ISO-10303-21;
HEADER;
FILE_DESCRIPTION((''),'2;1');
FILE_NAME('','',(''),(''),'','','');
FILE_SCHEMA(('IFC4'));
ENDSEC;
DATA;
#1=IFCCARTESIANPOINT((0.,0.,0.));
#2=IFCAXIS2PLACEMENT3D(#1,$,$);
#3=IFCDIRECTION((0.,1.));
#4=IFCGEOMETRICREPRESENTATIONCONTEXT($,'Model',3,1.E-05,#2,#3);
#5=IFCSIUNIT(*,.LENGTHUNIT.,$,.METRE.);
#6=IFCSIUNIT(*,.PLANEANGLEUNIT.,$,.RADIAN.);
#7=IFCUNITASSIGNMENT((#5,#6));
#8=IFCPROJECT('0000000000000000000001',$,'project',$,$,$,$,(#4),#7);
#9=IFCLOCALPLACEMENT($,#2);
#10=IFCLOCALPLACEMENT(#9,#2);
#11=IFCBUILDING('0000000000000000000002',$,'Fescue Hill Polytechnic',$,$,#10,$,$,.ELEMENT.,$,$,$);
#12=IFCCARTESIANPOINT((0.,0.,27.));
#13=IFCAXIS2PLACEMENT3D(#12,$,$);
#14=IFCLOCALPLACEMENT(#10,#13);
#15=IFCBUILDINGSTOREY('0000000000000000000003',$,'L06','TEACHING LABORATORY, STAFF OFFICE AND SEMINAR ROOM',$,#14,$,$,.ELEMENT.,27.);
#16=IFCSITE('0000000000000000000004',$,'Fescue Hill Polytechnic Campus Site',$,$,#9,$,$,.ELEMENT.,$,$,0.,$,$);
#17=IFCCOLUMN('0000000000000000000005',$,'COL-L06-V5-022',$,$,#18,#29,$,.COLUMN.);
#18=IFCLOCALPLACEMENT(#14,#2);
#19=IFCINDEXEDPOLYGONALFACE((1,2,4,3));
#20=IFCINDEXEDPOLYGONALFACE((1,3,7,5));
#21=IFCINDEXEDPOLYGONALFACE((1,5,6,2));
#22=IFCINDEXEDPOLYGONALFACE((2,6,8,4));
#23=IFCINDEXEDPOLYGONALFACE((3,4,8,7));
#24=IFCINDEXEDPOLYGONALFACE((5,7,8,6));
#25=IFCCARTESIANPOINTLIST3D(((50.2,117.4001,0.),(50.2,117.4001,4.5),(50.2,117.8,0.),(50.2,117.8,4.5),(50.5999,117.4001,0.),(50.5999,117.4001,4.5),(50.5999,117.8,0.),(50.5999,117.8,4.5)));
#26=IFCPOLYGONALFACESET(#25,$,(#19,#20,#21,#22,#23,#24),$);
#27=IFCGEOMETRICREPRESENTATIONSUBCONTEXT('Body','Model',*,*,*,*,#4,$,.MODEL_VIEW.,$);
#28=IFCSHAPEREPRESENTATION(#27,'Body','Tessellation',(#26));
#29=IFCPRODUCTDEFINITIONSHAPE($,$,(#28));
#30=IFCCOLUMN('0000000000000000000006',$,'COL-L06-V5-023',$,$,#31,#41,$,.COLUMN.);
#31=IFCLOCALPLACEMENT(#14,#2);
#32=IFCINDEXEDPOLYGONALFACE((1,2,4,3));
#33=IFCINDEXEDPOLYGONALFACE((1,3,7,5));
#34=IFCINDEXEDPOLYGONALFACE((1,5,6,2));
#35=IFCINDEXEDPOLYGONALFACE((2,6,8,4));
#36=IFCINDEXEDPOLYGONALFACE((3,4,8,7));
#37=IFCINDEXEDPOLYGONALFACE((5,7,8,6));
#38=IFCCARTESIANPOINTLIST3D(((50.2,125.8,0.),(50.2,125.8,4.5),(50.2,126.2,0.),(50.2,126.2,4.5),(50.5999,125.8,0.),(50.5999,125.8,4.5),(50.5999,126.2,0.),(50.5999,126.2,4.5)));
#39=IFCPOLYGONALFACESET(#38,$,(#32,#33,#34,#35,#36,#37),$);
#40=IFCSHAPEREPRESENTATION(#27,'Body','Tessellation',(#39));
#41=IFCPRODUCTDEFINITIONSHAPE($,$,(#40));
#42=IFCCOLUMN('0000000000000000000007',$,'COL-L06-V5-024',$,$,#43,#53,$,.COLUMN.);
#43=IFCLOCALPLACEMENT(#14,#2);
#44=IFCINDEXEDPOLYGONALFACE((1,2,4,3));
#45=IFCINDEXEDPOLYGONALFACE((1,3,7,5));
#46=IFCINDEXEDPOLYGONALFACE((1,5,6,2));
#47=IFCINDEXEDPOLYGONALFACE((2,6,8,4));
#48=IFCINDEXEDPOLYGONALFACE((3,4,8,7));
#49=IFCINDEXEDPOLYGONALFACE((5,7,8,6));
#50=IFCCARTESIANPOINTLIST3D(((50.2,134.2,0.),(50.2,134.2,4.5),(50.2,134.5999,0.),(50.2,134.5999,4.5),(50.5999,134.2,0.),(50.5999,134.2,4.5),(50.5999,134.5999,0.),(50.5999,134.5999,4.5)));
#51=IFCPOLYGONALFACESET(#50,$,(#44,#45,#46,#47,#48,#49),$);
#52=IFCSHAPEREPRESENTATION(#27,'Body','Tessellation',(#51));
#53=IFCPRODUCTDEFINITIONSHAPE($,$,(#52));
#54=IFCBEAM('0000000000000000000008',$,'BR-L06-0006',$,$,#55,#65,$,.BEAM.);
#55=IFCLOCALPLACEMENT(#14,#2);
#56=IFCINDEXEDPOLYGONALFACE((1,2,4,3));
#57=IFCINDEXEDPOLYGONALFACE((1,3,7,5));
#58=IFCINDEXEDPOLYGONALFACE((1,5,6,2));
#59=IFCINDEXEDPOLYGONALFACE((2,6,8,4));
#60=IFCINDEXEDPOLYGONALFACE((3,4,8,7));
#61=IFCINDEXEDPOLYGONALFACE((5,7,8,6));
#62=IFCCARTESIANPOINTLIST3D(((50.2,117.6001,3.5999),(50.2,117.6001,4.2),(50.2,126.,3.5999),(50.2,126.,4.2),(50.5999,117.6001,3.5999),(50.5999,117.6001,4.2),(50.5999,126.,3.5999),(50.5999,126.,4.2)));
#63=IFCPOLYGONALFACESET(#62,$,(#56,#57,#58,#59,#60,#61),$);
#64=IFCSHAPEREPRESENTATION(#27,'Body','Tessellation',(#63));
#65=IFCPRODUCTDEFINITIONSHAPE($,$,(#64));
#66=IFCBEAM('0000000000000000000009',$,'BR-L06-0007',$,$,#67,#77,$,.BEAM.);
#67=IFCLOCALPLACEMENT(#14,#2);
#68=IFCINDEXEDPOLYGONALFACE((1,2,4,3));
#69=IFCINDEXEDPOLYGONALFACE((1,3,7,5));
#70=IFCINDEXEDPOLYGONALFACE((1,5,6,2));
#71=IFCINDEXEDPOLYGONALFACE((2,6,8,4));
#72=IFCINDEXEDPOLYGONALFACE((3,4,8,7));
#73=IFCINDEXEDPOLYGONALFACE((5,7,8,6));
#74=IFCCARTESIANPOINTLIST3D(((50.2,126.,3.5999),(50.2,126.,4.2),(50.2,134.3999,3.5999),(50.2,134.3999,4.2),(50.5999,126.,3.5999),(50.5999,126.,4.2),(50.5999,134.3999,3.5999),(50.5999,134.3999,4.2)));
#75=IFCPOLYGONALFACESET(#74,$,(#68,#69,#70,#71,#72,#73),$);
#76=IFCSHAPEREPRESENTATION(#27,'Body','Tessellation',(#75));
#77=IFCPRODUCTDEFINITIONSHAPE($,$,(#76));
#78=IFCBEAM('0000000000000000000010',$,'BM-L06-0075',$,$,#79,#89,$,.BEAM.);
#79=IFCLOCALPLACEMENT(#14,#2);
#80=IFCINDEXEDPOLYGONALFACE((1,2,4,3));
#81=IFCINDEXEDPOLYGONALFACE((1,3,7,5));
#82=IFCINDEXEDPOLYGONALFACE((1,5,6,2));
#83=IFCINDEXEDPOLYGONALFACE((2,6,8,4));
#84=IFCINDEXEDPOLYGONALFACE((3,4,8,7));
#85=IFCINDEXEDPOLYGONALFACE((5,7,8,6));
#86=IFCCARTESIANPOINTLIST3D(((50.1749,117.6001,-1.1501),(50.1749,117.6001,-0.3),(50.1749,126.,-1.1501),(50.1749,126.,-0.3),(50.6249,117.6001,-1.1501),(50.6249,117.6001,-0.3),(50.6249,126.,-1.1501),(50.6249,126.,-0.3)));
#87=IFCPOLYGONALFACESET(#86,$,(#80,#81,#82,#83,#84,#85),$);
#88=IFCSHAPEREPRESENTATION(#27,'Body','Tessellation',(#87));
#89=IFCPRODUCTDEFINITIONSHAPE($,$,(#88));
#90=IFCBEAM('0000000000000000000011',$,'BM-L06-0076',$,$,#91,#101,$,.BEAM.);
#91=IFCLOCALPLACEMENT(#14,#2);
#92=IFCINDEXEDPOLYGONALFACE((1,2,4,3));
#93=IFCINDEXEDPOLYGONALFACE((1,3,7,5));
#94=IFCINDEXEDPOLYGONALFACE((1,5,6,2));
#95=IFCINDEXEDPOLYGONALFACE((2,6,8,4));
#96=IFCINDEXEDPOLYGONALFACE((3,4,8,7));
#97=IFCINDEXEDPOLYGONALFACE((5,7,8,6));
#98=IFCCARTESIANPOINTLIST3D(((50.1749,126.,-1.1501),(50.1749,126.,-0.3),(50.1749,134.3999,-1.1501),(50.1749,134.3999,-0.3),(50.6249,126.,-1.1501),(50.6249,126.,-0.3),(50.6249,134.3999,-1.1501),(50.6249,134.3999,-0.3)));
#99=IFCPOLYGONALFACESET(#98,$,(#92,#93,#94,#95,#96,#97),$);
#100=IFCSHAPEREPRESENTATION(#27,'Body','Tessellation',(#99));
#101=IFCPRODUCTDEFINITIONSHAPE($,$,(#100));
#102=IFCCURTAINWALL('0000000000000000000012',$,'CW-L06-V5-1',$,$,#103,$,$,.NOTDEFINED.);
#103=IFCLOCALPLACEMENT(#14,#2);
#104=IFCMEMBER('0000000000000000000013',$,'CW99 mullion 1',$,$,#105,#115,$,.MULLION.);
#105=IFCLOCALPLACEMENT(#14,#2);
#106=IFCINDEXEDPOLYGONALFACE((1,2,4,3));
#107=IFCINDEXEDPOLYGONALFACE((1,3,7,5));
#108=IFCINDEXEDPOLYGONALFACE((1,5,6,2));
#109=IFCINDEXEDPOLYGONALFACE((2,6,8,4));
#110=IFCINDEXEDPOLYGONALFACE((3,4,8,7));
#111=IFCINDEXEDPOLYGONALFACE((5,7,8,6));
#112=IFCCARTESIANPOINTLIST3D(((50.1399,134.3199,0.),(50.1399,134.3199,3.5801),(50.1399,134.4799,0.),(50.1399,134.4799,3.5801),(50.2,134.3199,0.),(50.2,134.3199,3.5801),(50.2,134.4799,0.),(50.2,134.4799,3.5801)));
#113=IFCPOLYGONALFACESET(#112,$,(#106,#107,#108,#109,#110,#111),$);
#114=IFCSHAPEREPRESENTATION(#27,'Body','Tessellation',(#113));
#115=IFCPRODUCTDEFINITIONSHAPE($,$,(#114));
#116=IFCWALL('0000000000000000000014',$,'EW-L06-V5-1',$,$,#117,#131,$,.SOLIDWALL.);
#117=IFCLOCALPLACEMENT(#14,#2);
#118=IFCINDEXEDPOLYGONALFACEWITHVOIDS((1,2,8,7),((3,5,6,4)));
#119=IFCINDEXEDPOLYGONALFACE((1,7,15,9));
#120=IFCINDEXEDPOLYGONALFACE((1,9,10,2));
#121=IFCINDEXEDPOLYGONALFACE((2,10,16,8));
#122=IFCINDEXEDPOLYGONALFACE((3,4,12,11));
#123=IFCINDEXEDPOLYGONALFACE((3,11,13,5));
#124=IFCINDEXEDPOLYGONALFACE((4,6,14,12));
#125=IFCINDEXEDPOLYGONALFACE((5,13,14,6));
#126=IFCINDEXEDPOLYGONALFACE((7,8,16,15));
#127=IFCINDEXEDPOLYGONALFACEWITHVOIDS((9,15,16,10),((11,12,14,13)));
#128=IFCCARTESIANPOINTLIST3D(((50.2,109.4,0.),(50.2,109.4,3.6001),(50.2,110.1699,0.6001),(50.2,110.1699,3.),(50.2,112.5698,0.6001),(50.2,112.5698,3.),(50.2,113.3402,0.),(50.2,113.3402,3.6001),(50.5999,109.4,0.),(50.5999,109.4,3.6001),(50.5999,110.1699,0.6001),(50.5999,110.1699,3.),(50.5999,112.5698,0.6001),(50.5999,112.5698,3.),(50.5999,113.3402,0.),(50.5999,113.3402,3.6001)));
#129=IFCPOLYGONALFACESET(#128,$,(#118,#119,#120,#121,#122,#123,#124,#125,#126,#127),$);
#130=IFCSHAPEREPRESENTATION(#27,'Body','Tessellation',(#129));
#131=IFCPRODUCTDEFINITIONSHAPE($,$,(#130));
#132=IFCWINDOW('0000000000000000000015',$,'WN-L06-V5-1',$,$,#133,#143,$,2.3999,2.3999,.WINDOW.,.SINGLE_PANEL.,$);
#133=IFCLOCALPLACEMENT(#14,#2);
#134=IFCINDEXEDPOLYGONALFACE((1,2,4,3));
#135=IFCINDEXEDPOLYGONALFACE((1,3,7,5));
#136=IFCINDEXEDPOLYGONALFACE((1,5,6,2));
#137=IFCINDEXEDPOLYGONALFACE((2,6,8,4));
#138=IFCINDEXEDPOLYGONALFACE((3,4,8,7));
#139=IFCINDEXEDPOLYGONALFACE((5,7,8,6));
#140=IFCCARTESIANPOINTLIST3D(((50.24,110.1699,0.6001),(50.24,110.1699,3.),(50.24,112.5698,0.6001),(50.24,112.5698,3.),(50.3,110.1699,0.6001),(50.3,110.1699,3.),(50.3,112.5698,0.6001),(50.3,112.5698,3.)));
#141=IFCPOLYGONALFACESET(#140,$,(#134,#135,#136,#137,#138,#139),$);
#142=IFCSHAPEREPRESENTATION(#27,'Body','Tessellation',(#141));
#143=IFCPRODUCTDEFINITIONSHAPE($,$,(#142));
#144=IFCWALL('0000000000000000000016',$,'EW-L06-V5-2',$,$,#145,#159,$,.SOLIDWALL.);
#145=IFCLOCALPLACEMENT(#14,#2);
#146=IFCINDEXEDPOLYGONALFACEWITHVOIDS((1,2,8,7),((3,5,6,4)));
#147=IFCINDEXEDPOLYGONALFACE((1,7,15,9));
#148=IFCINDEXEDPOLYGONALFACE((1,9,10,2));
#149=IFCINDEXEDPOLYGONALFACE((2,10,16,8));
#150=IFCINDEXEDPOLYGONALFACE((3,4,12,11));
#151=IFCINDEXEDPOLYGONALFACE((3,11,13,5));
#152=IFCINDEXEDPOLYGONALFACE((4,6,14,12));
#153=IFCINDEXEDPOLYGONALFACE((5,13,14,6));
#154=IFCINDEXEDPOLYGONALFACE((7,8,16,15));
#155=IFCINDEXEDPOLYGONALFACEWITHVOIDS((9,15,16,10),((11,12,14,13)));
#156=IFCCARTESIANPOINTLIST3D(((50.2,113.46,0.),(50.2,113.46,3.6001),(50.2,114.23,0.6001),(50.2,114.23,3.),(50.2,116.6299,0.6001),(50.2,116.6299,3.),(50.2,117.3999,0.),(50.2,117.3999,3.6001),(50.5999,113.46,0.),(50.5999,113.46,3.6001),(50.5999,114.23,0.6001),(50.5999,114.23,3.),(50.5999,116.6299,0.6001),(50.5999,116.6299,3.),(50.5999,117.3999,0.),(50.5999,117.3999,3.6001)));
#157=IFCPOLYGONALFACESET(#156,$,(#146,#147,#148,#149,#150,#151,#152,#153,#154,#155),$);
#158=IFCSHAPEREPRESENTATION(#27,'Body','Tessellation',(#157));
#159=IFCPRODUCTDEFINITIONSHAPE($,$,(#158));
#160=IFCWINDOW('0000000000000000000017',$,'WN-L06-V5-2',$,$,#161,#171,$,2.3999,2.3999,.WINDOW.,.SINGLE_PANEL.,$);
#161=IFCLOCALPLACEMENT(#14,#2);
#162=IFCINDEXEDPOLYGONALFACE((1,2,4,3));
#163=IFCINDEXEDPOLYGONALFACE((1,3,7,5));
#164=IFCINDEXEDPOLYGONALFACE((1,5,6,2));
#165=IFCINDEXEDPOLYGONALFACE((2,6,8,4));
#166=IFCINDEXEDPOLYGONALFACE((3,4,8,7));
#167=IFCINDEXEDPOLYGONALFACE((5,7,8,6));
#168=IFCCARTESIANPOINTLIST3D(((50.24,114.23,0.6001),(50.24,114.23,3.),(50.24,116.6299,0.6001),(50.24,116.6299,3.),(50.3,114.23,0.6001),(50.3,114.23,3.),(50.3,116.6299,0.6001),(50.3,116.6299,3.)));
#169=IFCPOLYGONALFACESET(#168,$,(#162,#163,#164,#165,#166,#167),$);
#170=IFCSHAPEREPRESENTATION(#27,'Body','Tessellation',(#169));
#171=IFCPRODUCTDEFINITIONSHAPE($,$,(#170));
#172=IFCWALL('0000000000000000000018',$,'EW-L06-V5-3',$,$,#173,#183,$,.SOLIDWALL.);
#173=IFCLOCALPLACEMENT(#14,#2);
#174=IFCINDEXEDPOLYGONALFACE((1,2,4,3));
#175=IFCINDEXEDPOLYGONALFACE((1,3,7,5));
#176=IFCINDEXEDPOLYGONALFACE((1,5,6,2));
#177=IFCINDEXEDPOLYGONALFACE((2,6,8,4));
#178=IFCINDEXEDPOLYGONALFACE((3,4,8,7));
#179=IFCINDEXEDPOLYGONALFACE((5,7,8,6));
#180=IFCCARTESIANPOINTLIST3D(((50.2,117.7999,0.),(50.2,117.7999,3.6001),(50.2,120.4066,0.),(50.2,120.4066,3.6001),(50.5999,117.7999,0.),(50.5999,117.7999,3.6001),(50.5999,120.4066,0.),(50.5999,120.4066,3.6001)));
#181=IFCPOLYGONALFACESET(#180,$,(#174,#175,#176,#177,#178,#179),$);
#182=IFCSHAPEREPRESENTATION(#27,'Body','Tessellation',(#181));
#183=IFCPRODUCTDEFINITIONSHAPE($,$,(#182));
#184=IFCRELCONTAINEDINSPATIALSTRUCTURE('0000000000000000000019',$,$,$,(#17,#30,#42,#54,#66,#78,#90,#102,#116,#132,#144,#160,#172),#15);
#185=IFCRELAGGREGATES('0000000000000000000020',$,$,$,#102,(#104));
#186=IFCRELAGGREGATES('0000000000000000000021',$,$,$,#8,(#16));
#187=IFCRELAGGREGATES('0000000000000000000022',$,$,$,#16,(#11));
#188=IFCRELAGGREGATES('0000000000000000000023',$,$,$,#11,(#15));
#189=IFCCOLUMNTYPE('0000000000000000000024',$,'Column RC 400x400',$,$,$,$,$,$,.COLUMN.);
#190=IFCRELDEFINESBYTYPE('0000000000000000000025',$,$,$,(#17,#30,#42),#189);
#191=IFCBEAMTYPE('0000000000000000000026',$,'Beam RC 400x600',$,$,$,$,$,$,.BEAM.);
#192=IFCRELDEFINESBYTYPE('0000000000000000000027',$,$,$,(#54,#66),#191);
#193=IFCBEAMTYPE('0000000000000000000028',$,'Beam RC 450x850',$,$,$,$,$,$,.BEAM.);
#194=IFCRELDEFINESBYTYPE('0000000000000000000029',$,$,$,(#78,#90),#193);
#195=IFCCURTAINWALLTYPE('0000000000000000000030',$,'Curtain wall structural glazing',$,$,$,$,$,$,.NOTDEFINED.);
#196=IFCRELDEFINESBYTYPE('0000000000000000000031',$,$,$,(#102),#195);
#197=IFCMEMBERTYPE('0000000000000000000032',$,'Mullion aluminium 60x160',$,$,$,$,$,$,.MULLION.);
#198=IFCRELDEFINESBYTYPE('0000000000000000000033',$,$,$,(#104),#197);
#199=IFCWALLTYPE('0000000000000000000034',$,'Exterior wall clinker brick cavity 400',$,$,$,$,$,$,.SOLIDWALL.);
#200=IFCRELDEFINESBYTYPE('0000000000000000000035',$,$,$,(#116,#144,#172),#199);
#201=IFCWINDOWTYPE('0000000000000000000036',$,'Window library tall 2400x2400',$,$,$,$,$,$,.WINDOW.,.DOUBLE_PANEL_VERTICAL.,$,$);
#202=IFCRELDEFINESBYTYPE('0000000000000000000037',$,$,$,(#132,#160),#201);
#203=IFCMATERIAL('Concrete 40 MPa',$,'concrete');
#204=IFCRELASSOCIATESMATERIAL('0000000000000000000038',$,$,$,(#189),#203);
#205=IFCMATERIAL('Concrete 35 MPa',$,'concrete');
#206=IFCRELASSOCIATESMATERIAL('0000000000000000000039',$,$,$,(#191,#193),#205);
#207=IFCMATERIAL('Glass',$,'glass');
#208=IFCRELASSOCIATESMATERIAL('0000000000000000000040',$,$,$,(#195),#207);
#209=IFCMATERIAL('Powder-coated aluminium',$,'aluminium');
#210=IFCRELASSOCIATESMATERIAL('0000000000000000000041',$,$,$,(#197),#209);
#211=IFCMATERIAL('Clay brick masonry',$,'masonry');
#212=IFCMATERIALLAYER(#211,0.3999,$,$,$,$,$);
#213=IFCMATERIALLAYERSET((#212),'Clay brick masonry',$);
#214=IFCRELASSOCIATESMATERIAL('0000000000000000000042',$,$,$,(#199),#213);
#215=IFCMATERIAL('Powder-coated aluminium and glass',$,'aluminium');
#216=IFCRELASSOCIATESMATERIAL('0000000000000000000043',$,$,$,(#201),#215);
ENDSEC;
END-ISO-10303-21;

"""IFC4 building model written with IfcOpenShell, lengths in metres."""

from ifc_helpers import new_model, si_unit, direction, frame, frame_2d, origin, origin_2d, place, context, subcontext, project, spatial, rectangle, extrude, material, layer, layer_set, material_profile, profile_set, type_object, element, fill, aggregate, save


model = new_model("IFC4")

# Units and contexts
model_context = context("Model", 3, precision=1e-05, world=origin(), true_north=direction((0.0, 1.0)))
body_context = subcontext(model_context, "Body", "Model", "MODEL_VIEW")
ifc_project = project(units=[si_unit("LENGTHUNIT", "METRE"), si_unit("PLANEANGLEUNIT", "RADIAN")], contexts=[model_context])

# Site, building, storey
site_placement = place(None, origin())
site = spatial("IfcSite", under=ifc_project, at=site_placement, Name="Fescue Hill Polytechnic Campus Site", CompositionType="ELEMENT", RefElevation=0.0)
building_placement = place(site_placement, origin())
building = spatial("IfcBuilding", under=site, at=building_placement, Name="Fescue Hill Polytechnic", CompositionType="ELEMENT")
storey_placement = place(building_placement, frame((0.0, 0.0, 27.0)))
storey = spatial("IfcBuildingStorey", under=building, at=storey_placement, Name="L06", Description="TEACHING LABORATORY, STAFF OFFICE AND SEMINAR ROOM", CompositionType="ELEMENT", Elevation=27.0)

# Columns
ifc_material_1 = material(Name="Concrete 40 MPa", Category="concrete")
ifc_material_profile_1 = material_profile(ifc_material_1, rectangle(XDim=0.3999, YDim=0.3999, at=origin_2d()), Name="RC 400x400")
ifc_profile_set_1 = profile_set([ifc_material_profile_1], Name="Concrete 40 MPa")
column_type = type_object("IfcColumnType", Name="Column RC 400x400", PredefinedType="COLUMN", material=ifc_profile_set_1)
for number, where, z_axis, x_axis, name in (
    (1, (50.3999, 117.6001, 0.0), (0.0, 0.0, 1.0), (1.0, 0.0, 0.0), "COL-L06-V5-022"),
    (2, (50.3999, 126.0, 0.0), (0.0, 0.0, 1.0), (1.0, 0.0, 0.0), "COL-L06-V5-023"),
    (3, (50.3999, 134.3999, 0.0), (0.0, 0.0, 1.0), (1.0, 0.0, 0.0), "COL-L06-V5-024"),
):
    element("IfcColumn", number, at=place(storey_placement, frame(where, z_axis=z_axis, x_axis=x_axis)), inside=storey, type_object=column_type, Name=name, PredefinedType="COLUMN", context=body_context, shape_type="SweptSolid", body=[
        extrude(rectangle(XDim=0.3999, YDim=0.3999, at=origin_2d()), origin(), (0.0, 0.0, 1.0), 4.5),
    ])

# Beams
ifc_material_2 = material(Name="Concrete 35 MPa", Category="concrete")
ifc_material_profile_2 = material_profile(ifc_material_2, rectangle(XDim=0.3999, YDim=0.6001, at=origin_2d()), Name="RC 400x600")
ifc_profile_set_2 = profile_set([ifc_material_profile_2], Name="Concrete 35 MPa")
beam_type_1 = type_object("IfcBeamType", Name="Beam RC 400x600", PredefinedType="BEAM", material=ifc_profile_set_2)
for number, where, z_axis, x_axis, name in (
    (4, (50.3999, 117.6001, 3.8999), (0.0, 1.0, 0.0), (-1.0, 0.0, 0.0), "BR-L06-0006"),
    (5, (50.3999, 126.0, 3.8999), (0.0, 1.0, 0.0), (-1.0, 0.0, 0.0), "BR-L06-0007"),
):
    element("IfcBeam", number, at=place(storey_placement, frame(where, z_axis=z_axis, x_axis=x_axis)), inside=storey, type_object=beam_type_1, Name=name, PredefinedType="BEAM", context=body_context, shape_type="SweptSolid", body=[
        extrude(rectangle(XDim=0.3999, YDim=0.6001, at=origin_2d()), origin(), (0.0, 0.0, 1.0), 8.3999),
    ])
ifc_material_profile_3 = material_profile(ifc_material_2, rectangle(XDim=0.45, YDim=0.8501, at=origin_2d()), Name="RC 450x850")
ifc_profile_set_3 = profile_set([ifc_material_profile_3], Name="Concrete 35 MPa")
beam_type_2 = type_object("IfcBeamType", Name="Beam RC 450x850", PredefinedType="BEAM", material=ifc_profile_set_3)
for number, where, z_axis, x_axis, name in (
    (6, (50.3999, 117.6001, -0.7251), (0.0, 1.0, 0.0), (-1.0, 0.0, 0.0), "BM-L06-0075"),
    (7, (50.3999, 126.0, -0.7251), (0.0, 1.0, 0.0), (-1.0, 0.0, 0.0), "BM-L06-0076"),
):
    element("IfcBeam", number, at=place(storey_placement, frame(where, z_axis=z_axis, x_axis=x_axis)), inside=storey, type_object=beam_type_2, Name=name, PredefinedType="BEAM", context=body_context, shape_type="SweptSolid", body=[
        extrude(rectangle(XDim=0.45, YDim=0.8501, at=origin_2d()), origin(), (0.0, 0.0, 1.0), 8.3999),
    ])

# Curtain wall, member
ifc_material_3 = material(Name="Glass", Category="glass")
curtain_wall_type = type_object("IfcCurtainWallType", Name="Curtain wall structural glazing", PredefinedType="NOTDEFINED", material=ifc_material_3)
curtain_wall_placement = place(storey_placement, origin())
curtain_wall = element("IfcCurtainWall", 8, at=curtain_wall_placement, inside=storey, type_object=curtain_wall_type, Name="CW-L06-V5-1", PredefinedType="NOTDEFINED")
ifc_material_4 = material(Name="Powder-coated aluminium", Category="aluminium")
ifc_material_profile_4 = material_profile(ifc_material_4, rectangle(XDim=0.1599, YDim=0.0601, at=origin_2d()), Name="Mullion aluminium 60x160")
ifc_profile_set_4 = profile_set([ifc_material_profile_4], Name="Powder-coated aluminium")
member_type = type_object("IfcMemberType", Name="Mullion aluminium 60x160", PredefinedType="MULLION", material=ifc_profile_set_4)
member_placement = place(storey_placement, frame((50.1699, 134.3999, 0.0), z_axis=(0.0, 0.0, 1.0), x_axis=(0.0, -1.0, 0.0)))
member = element("IfcMember", 9, at=member_placement, type_object=member_type, Name="CW99 mullion 1", PredefinedType="MULLION", context=body_context, shape_type="SweptSolid", body=[
    extrude(rectangle(XDim=0.1599, YDim=0.0601, at=origin_2d()), origin(), (0.0, 0.0, 1.0), 3.5801),
])
aggregate(curtain_wall, [member])

# Walls, openings, windows
ifc_material_5 = material(Name="Clay brick masonry", Category="masonry")
ifc_layer_1 = layer(ifc_material_5, 0.3999)
ifc_layer_set_1 = layer_set([ifc_layer_1], Name="Clay brick masonry")
wall_type_1 = type_object("IfcWallType", Name="Exterior wall clinker brick cavity 400", PredefinedType="SOLIDWALL", material=ifc_layer_set_1)
wall_1_placement = place(storey_placement, frame((50.3999, 109.3999, 0.0), z_axis=(0.0, 0.0, 1.0), x_axis=(0.0, 1.0, 0.0)))
wall_1 = element("IfcWall", 10, at=wall_1_placement, inside=storey, type_object=wall_type_1, Name="EW-L06-V5-1", PredefinedType="SOLIDWALL", context=body_context, shape_type="SweptSolid", body=[
    extrude(rectangle(XDim=3.9402, YDim=0.3999, at=frame_2d((1.9702, 0.0))), origin(), (0.0, 0.0, 1.0), 3.6001),
])
opening_1_placement = place(wall_1_placement, frame((0.77, 0.0, 0.6001)))
opening_1 = element("IfcOpeningElement", 11, at=opening_1_placement, cuts=wall_1, PredefinedType="OPENING", context=body_context, shape_type="SweptSolid", body=[
    extrude(rectangle(XDim=2.3999, YDim=2.3999, at=frame_2d((1.2, 1.2))), frame((0.0, 0.21, 0.0), z_axis=(0.0, -1.0, 0.0), x_axis=(1.0, 0.0, 0.0)), (0.0, 0.0, 1.0), 0.4199),
])
ifc_material_6 = material(Name="Powder-coated aluminium and glass", Category="aluminium")
window_type_1 = type_object("IfcWindowType", Name="Window library tall 2400x2400", PartitioningType="DOUBLE_PANEL_VERTICAL", PredefinedType="WINDOW", material=ifc_material_6)
window_1_placement = place(opening_1_placement, origin())
window_1 = element("IfcWindow", 12, at=window_1_placement, inside=storey, type_object=window_type_1, Name="WN-L06-V5-1", OverallHeight=2.3999, OverallWidth=2.3999, PartitioningType="SINGLE_PANEL", PredefinedType="WINDOW", context=body_context, shape_type="SweptSolid", body=[
    extrude(rectangle(XDim=2.3999, YDim=2.3999, at=frame_2d((1.2, 1.2))), frame((0.0, 0.1599, 0.0), z_axis=(0.0, -1.0, 0.0), x_axis=(1.0, 0.0, 0.0)), (0.0, 0.0, 1.0), 0.0601),
])
fill(opening_1, window_1)
wall_2_placement = place(storey_placement, frame((50.3999, 113.46, 0.0), z_axis=(0.0, 0.0, 1.0), x_axis=(0.0, 1.0, 0.0)))
wall_2 = element("IfcWall", 13, at=wall_2_placement, inside=storey, type_object=wall_type_1, Name="EW-L06-V5-2", PredefinedType="SOLIDWALL", context=body_context, shape_type="SweptSolid", body=[
    extrude(rectangle(XDim=3.9399, YDim=0.3999, at=frame_2d((1.97, 0.0))), origin(), (0.0, 0.0, 1.0), 3.6001),
])
opening_2_placement = place(wall_2_placement, frame((0.77, 0.0, 0.6001)))
opening_2 = element("IfcOpeningElement", 14, at=opening_2_placement, cuts=wall_2, PredefinedType="OPENING", context=body_context, shape_type="SweptSolid", body=[
    extrude(rectangle(XDim=2.3999, YDim=2.3999, at=frame_2d((1.2, 1.2))), frame((0.0, 0.21, 0.0), z_axis=(0.0, -1.0, 0.0), x_axis=(1.0, 0.0, 0.0)), (0.0, 0.0, 1.0), 0.4199),
])
window_2_placement = place(opening_2_placement, origin())
window_2 = element("IfcWindow", 15, at=window_2_placement, inside=storey, type_object=window_type_1, Name="WN-L06-V5-2", OverallHeight=2.3999, OverallWidth=2.3999, PartitioningType="SINGLE_PANEL", PredefinedType="WINDOW", context=body_context, shape_type="SweptSolid", body=[
    extrude(rectangle(XDim=2.3999, YDim=2.3999, at=frame_2d((1.2, 1.2))), frame((0.0, 0.1599, 0.0), z_axis=(0.0, -1.0, 0.0), x_axis=(1.0, 0.0, 0.0)), (0.0, 0.0, 1.0), 0.0601),
])
fill(opening_2, window_2)

# Wall
wall_3_placement = place(storey_placement, frame((50.3999, 117.8, 0.0), z_axis=(0.0, 0.0, 1.0), x_axis=(0.0, 1.0, 0.0)))
element("IfcWall", 16, at=wall_3_placement, inside=storey, type_object=wall_type_1, Name="EW-L06-V5-3", PredefinedType="SOLIDWALL", context=body_context, shape_type="SweptSolid", body=[
    extrude(rectangle(XDim=2.6067, YDim=0.3999, at=frame_2d((1.3032, 0.0))), origin(), (0.0, 0.0, 1.0), 3.6001),
])

save(model, "model.ifc")
